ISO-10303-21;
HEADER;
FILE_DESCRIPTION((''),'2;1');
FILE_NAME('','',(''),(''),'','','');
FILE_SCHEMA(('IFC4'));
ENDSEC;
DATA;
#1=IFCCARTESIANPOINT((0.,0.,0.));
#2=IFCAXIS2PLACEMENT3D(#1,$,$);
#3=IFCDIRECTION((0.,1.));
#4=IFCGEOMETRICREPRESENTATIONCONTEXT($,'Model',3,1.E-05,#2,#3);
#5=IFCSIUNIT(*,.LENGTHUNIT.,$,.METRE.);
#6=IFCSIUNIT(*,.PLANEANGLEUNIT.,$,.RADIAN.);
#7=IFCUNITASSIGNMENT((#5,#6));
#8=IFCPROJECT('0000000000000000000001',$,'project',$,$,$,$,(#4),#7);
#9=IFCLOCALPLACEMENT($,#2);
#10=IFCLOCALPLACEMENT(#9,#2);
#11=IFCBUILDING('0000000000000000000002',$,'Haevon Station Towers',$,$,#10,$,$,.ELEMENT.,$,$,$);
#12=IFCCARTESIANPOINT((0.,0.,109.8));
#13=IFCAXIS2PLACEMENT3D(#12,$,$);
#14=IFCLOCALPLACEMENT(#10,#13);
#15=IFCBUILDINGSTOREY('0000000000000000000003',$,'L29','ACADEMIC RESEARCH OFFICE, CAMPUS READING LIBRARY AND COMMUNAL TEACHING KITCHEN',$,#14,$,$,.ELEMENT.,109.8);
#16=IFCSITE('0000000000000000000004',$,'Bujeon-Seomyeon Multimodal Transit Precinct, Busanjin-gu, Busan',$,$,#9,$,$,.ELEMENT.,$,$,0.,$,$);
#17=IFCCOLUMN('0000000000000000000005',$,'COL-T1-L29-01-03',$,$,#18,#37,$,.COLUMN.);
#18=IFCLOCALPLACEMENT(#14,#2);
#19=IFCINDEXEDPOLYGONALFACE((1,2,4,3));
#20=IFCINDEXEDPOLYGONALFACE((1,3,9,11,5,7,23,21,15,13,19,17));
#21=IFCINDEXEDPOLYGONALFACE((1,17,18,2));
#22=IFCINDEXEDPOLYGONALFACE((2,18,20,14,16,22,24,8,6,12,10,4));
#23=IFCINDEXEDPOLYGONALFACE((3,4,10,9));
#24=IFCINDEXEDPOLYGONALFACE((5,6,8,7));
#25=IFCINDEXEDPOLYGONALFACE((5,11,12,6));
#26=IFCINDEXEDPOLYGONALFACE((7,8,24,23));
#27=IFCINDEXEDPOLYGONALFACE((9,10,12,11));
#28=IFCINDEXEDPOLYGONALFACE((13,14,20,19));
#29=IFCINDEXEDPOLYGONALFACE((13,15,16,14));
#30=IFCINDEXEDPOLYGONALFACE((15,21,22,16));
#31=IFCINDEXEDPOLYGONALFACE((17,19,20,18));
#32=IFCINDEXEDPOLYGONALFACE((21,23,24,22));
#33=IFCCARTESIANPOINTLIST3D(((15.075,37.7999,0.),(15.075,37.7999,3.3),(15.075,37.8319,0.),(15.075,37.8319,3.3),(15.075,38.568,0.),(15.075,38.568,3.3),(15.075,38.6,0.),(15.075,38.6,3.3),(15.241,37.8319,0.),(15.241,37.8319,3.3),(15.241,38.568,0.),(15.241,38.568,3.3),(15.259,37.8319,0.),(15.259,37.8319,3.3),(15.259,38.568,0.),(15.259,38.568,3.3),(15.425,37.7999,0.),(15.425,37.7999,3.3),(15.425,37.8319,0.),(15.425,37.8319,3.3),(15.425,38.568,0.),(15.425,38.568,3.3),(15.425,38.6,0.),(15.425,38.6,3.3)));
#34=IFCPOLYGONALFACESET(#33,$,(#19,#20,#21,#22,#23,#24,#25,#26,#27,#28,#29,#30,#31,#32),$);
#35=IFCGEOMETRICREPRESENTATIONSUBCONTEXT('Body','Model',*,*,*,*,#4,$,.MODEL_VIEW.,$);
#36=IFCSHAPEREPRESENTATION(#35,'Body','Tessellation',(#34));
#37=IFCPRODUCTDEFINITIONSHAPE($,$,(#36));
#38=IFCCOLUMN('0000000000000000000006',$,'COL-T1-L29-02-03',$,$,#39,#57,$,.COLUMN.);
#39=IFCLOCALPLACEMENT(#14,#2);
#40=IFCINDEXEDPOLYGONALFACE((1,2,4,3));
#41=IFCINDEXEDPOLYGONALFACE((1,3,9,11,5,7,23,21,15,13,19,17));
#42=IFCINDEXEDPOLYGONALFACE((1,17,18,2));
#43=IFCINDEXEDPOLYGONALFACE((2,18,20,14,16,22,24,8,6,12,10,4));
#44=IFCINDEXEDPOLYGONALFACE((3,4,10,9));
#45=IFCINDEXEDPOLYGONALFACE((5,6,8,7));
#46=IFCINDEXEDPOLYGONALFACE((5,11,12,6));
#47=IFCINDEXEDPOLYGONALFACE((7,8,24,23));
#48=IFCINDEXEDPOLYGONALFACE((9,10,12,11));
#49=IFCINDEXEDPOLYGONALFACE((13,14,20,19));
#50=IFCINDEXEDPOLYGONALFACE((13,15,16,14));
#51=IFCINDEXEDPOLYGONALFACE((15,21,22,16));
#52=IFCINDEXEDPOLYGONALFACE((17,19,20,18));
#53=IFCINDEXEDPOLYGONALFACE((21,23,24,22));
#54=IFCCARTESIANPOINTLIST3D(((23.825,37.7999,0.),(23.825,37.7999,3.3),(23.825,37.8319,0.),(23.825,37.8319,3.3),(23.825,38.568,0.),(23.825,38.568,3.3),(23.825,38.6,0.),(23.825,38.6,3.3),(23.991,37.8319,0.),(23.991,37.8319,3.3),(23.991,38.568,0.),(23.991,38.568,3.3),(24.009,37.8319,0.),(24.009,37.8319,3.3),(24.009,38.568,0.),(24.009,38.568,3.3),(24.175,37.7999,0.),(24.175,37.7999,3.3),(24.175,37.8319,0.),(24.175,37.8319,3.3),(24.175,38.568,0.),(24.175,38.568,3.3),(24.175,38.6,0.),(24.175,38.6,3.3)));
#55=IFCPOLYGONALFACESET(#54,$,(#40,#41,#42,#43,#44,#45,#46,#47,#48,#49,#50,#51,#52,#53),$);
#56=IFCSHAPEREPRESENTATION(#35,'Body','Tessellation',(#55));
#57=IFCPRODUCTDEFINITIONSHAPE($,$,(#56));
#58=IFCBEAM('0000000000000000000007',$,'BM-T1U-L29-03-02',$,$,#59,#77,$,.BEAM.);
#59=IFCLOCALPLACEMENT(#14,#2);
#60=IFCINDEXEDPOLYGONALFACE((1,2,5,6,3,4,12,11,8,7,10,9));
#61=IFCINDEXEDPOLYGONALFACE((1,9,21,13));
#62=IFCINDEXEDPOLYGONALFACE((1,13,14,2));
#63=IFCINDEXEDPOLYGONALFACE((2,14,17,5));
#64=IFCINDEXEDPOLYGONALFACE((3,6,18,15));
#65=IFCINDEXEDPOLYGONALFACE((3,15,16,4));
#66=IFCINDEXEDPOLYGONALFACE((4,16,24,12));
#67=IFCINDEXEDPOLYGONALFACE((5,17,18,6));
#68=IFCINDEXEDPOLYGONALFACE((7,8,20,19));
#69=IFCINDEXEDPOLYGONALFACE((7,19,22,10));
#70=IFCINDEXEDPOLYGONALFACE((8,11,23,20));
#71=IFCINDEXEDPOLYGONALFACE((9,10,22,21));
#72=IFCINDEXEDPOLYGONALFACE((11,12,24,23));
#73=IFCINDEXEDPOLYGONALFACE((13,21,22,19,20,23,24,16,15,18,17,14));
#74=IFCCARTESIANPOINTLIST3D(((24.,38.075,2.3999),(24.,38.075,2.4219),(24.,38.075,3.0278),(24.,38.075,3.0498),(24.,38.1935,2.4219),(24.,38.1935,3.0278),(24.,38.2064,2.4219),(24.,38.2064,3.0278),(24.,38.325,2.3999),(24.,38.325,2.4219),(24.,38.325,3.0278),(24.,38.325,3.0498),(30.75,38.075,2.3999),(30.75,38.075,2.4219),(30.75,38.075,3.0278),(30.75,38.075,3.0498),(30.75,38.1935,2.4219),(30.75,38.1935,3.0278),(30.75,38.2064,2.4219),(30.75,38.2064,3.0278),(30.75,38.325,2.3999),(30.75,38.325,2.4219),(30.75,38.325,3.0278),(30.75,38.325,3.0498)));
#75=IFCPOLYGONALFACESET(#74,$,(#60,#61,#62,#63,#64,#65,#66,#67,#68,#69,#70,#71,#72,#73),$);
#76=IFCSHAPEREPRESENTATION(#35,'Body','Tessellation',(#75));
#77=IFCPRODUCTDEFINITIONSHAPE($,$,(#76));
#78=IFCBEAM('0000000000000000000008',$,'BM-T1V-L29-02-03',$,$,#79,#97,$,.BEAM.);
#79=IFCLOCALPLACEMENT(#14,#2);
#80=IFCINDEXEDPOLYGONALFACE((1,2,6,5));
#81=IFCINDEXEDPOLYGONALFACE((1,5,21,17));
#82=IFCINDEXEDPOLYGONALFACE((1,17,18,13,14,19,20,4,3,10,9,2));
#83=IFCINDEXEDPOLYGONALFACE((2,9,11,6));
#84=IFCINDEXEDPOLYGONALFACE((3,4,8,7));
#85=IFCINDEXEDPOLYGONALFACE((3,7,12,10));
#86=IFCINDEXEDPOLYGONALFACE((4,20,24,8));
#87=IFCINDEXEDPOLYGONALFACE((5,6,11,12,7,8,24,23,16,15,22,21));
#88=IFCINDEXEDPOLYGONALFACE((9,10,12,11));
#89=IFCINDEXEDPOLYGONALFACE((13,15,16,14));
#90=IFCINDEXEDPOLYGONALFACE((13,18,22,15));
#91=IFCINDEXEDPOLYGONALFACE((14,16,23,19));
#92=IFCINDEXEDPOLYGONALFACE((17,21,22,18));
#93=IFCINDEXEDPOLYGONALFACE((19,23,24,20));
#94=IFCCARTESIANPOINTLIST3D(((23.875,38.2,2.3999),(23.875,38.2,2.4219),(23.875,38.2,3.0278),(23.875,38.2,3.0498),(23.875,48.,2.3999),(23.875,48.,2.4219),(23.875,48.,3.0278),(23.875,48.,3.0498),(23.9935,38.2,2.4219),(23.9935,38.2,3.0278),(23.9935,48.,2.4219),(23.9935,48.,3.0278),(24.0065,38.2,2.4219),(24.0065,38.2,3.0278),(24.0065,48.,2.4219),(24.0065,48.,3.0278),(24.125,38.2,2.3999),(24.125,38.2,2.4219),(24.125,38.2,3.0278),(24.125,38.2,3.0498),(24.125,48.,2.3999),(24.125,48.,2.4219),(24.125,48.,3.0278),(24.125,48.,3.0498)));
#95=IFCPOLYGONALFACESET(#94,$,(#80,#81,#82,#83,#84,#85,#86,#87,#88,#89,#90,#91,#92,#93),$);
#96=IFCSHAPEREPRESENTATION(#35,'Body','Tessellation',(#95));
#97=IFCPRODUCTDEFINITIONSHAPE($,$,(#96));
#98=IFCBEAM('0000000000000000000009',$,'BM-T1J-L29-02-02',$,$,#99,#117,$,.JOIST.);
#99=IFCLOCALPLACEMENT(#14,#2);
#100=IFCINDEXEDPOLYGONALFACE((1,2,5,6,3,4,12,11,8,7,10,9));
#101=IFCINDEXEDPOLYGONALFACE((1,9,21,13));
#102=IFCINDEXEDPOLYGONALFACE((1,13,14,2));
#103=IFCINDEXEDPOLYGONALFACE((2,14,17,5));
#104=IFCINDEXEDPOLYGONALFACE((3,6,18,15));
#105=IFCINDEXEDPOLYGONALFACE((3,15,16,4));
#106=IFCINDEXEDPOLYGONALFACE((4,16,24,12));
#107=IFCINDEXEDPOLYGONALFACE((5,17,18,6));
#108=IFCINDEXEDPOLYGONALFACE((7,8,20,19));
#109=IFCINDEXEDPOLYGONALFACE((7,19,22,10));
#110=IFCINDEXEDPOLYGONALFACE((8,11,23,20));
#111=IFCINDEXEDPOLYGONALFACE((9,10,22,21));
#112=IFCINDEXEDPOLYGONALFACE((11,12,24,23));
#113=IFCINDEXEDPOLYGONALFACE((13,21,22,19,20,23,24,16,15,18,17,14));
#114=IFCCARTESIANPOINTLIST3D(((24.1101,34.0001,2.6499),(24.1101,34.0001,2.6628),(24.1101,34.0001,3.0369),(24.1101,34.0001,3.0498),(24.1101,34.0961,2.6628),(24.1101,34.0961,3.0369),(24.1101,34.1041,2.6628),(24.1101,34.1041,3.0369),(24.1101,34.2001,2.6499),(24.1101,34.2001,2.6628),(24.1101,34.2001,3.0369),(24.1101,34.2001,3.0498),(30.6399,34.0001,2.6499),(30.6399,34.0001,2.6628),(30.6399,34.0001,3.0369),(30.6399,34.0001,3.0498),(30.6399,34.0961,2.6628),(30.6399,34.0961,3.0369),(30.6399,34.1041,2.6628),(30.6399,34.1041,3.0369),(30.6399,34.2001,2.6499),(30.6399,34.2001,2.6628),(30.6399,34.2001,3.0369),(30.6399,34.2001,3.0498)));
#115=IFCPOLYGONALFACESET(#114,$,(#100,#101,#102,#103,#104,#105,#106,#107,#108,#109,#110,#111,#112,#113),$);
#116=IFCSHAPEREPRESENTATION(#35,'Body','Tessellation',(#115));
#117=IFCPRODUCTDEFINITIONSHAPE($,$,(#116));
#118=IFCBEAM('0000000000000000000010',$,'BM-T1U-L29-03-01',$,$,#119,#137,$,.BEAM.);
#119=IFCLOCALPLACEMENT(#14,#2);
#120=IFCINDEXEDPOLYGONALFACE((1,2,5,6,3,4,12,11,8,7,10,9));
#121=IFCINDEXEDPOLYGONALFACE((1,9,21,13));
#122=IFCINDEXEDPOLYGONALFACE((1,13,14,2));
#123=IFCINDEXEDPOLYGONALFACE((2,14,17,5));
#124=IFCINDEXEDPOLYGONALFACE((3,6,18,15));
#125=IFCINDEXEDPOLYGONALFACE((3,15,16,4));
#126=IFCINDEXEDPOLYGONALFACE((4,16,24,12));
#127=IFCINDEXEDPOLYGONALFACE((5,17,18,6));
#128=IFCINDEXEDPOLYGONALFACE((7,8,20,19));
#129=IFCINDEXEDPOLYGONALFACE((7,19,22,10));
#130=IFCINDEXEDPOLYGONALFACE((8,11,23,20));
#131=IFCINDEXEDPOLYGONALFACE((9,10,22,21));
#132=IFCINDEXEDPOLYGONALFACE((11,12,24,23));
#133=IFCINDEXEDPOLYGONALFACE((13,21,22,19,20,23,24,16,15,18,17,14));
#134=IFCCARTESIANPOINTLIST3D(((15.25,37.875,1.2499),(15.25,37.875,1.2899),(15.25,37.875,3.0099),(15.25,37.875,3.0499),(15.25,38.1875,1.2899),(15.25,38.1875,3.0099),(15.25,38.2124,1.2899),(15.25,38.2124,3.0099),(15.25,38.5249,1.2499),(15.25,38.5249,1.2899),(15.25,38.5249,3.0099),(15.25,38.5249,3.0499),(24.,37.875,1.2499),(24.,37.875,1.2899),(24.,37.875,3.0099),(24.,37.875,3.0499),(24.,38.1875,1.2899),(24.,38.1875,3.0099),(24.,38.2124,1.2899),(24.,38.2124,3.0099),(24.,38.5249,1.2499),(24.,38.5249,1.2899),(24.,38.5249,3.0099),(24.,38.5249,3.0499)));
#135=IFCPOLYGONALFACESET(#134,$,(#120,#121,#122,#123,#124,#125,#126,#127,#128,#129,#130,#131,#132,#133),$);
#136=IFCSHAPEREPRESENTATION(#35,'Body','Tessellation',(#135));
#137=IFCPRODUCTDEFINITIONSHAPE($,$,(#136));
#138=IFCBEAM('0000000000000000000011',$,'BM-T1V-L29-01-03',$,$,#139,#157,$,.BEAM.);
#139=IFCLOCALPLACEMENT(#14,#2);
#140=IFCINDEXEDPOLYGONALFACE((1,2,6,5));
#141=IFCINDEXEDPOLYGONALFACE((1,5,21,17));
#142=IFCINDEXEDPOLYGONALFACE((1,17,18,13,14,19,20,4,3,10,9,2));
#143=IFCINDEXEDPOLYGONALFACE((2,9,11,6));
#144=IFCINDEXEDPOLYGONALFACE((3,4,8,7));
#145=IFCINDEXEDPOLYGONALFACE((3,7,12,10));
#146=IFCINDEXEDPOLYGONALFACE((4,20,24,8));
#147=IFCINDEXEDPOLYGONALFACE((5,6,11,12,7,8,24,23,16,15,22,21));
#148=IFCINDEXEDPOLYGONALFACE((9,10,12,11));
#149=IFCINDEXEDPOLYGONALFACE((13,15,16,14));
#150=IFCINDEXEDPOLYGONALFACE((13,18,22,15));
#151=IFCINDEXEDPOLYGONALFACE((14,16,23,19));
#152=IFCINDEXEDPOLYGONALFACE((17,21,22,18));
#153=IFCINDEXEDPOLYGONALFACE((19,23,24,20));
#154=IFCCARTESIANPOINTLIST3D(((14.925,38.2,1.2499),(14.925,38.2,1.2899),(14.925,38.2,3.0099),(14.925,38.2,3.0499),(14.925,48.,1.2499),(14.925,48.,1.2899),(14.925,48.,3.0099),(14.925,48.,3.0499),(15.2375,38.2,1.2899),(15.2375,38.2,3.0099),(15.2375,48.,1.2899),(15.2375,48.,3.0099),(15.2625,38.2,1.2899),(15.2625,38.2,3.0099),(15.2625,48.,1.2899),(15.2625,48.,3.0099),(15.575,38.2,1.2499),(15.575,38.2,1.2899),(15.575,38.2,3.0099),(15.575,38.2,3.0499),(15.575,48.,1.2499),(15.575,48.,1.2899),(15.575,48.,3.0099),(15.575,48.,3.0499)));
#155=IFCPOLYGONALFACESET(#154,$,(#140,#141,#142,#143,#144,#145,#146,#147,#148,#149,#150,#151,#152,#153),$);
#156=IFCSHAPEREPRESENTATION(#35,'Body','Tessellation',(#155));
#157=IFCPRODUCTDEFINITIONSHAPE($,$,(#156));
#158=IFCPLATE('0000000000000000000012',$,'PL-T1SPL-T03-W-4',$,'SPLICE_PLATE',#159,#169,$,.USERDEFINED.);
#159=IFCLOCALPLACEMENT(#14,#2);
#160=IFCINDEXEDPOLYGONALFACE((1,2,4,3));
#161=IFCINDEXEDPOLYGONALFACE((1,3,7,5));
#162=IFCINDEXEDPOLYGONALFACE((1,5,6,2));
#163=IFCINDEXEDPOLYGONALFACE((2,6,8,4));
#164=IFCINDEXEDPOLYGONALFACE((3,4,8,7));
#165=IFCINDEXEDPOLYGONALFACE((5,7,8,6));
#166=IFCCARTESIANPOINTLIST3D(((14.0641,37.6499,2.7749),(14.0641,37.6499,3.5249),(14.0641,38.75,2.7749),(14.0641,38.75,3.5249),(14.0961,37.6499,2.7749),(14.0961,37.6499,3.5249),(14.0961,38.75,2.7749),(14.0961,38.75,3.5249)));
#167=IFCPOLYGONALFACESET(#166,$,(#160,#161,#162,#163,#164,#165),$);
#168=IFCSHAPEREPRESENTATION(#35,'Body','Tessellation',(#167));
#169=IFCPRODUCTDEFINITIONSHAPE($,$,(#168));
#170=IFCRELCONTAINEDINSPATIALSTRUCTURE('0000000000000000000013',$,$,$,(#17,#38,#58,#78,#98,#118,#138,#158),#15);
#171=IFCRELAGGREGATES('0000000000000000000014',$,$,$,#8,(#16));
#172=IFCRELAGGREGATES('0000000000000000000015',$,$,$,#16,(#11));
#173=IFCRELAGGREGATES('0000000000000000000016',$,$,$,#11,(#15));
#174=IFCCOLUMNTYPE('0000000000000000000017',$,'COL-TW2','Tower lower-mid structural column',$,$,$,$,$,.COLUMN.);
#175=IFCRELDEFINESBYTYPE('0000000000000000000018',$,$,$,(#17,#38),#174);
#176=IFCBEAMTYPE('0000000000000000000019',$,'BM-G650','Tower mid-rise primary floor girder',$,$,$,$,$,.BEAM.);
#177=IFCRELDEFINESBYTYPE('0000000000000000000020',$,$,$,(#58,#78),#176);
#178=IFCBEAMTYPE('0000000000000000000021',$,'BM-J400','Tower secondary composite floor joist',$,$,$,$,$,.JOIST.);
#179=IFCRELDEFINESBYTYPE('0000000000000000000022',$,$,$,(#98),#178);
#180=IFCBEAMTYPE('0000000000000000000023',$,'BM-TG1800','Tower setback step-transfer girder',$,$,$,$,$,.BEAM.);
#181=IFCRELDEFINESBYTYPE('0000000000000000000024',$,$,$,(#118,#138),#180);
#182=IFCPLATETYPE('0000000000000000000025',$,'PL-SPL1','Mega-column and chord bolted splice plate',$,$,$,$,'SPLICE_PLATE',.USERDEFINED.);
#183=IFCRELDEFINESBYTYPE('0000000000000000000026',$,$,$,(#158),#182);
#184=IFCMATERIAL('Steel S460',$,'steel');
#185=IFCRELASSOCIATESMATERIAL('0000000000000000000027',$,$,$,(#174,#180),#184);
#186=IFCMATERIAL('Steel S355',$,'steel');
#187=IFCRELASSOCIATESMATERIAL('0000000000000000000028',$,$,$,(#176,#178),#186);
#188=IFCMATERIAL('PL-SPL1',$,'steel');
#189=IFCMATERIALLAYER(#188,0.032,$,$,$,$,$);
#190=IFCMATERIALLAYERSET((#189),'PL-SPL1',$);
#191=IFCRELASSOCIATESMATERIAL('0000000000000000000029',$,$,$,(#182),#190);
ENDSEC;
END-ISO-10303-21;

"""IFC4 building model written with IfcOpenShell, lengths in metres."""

from ifc_helpers import new_model, si_unit, direction, frame, origin, origin_2d, place, context, subcontext, project, spatial, rectangle, i_section, extrude, material, layer, layer_set, material_profile, profile_set, type_object, element, save


model = new_model("IFC4")

# Units and contexts
model_context = context("Model", 3, precision=1e-05, world=origin(), true_north=direction((0.0, 1.0)))
body_context = subcontext(model_context, "Body", "Model", "MODEL_VIEW")
ifc_project = project(units=[si_unit("LENGTHUNIT", "METRE"), si_unit("PLANEANGLEUNIT", "RADIAN")], contexts=[model_context])

# Site, building, storey
site_placement = place(None, origin())
site = spatial("IfcSite", under=ifc_project, at=site_placement, Name="Bujeon-Seomyeon Multimodal Transit Precinct, Busanjin-gu, Busan", CompositionType="ELEMENT", RefElevation=0.0)
building_placement = place(site_placement, origin())
building = spatial("IfcBuilding", under=site, at=building_placement, Name="Haevon Station Towers", CompositionType="ELEMENT")
storey_placement = place(building_placement, frame((0.0, 0.0, 109.8)))
storey = spatial("IfcBuildingStorey", under=building, at=storey_placement, Name="L29", Description="ACADEMIC RESEARCH OFFICE, CAMPUS READING LIBRARY AND COMMUNAL TEACHING KITCHEN", CompositionType="ELEMENT", Elevation=109.8)

# Columns
ifc_material_1 = material(Name="Steel S460", Category="steel")
ifc_material_profile_1 = material_profile(ifc_material_1, i_section(OverallWidth=0.3501, OverallDepth=0.8, WebThickness=0.0181, FlangeThickness=0.032, at=origin_2d()), Name="H-800x350x18x32")
ifc_profile_set_1 = profile_set([ifc_material_profile_1], Name="Steel S460")
column_type = type_object("IfcColumnType", Name="COL-TW2", Description="Tower lower-mid structural column", PredefinedType="COLUMN", material=ifc_profile_set_1)
for number, where, z_axis, x_axis, name in (
    (1, (15.25, 38.2, 0.0), (0.0, 0.0, 1.0), (1.0, 0.0, 0.0), "COL-T1-L29-01-03"),
    (2, (24.0, 38.2, 0.0), (0.0, 0.0, 1.0), (1.0, 0.0, 0.0), "COL-T1-L29-02-03"),
):
    element("IfcColumn", number, at=place(storey_placement, frame(where, z_axis=z_axis, x_axis=x_axis)), inside=storey, type_object=column_type, Name=name, PredefinedType="COLUMN", context=body_context, shape_type="SweptSolid", body=[
        extrude(i_section(OverallWidth=0.3501, OverallDepth=0.8, WebThickness=0.0181, FlangeThickness=0.032, at=origin_2d()), origin(), (0.0, 0.0, 1.0), 3.3),
    ])

# Beams
ifc_material_2 = material(Name="Steel S355", Category="steel")
ifc_material_profile_2 = material_profile(ifc_material_2, i_section(OverallWidth=0.25, OverallDepth=0.6499, WebThickness=0.0129, FlangeThickness=0.022, at=origin_2d()), Name="H-650x250x13x22")
ifc_profile_set_2 = profile_set([ifc_material_profile_2], Name="Steel S355")
beam_type_1 = type_object("IfcBeamType", Name="BM-G650", Description="Tower mid-rise primary floor girder", PredefinedType="BEAM", material=ifc_profile_set_2)
beam_1_placement = place(storey_placement, frame((24.0, 38.2, 2.7249), z_axis=(1.0, 0.0, 0.0), x_axis=(0.0, 1.0, 0.0)))
element("IfcBeam", 3, at=beam_1_placement, inside=storey, type_object=beam_type_1, Name="BM-T1U-L29-03-02", PredefinedType="BEAM", context=body_context, shape_type="SweptSolid", body=[
    extrude(i_section(OverallWidth=0.25, OverallDepth=0.6499, WebThickness=0.0129, FlangeThickness=0.022, at=origin_2d()), origin(), (0.0, 0.0, 1.0), 6.75),
])
beam_2_placement = place(storey_placement, frame((24.0, 38.2, 2.7249), z_axis=(0.0, 1.0, 0.0), x_axis=(-1.0, 0.0, 0.0)))
element("IfcBeam", 4, at=beam_2_placement, inside=storey, type_object=beam_type_1, Name="BM-T1V-L29-02-03", PredefinedType="BEAM", context=body_context, shape_type="SweptSolid", body=[
    extrude(i_section(OverallWidth=0.25, OverallDepth=0.6499, WebThickness=0.0129, FlangeThickness=0.022, at=origin_2d()), origin(), (0.0, 0.0, 1.0), 9.8),
])
ifc_material_profile_3 = material_profile(ifc_material_2, i_section(OverallWidth=0.2, OverallDepth=0.3999, WebThickness=0.0081, FlangeThickness=0.0129, at=origin_2d()), Name="H-400x200x8x13")
ifc_profile_set_3 = profile_set([ifc_material_profile_3], Name="Steel S355")
beam_type_2 = type_object("IfcBeamType", Name="BM-J400", Description="Tower secondary composite floor joist", PredefinedType="JOIST", material=ifc_profile_set_3)
beam_3_placement = place(storey_placement, frame((24.1101, 34.1001, 2.8499), z_axis=(1.0, 0.0, 0.0), x_axis=(0.0, 1.0, 0.0)))
element("IfcBeam", 5, at=beam_3_placement, inside=storey, type_object=beam_type_2, Name="BM-T1J-L29-02-02", PredefinedType="JOIST", context=body_context, shape_type="SweptSolid", body=[
    extrude(i_section(OverallWidth=0.2, OverallDepth=0.3999, WebThickness=0.0081, FlangeThickness=0.0129, at=origin_2d()), origin(), (0.0, 0.0, 1.0), 6.5298),
])
ifc_material_profile_4 = material_profile(ifc_material_1, i_section(OverallWidth=0.6499, OverallDepth=1.8, WebThickness=0.0249, FlangeThickness=0.04, at=origin_2d()), Name="H-1800x650x25x40")
ifc_profile_set_4 = profile_set([ifc_material_profile_4], Name="Steel S460")
beam_type_3 = type_object("IfcBeamType", Name="BM-TG1800", Description="Tower setback step-transfer girder", PredefinedType="BEAM", material=ifc_profile_set_4)
beam_4_placement = place(storey_placement, frame((15.25, 38.2, 2.1499), z_axis=(1.0, 0.0, 0.0), x_axis=(0.0, 1.0, 0.0)))
element("IfcBeam", 6, at=beam_4_placement, inside=storey, type_object=beam_type_3, Name="BM-T1U-L29-03-01", PredefinedType="BEAM", context=body_context, shape_type="SweptSolid", body=[
    extrude(i_section(OverallWidth=0.6499, OverallDepth=1.8, WebThickness=0.0249, FlangeThickness=0.04, at=origin_2d()), origin(), (0.0, 0.0, 1.0), 8.75),
])
beam_5_placement = place(storey_placement, frame((15.25, 38.2, 2.1499), z_axis=(0.0, 1.0, 0.0), x_axis=(-1.0, 0.0, 0.0)))
element("IfcBeam", 7, at=beam_5_placement, inside=storey, type_object=beam_type_3, Name="BM-T1V-L29-01-03", PredefinedType="BEAM", context=body_context, shape_type="SweptSolid", body=[
    extrude(i_section(OverallWidth=0.6499, OverallDepth=1.8, WebThickness=0.0249, FlangeThickness=0.04, at=origin_2d()), origin(), (0.0, 0.0, 1.0), 9.8),
])

# Plate
ifc_material_3 = material(Name="PL-SPL1", Category="steel")
ifc_layer_1 = layer(ifc_material_3, 0.032)
ifc_layer_set_1 = layer_set([ifc_layer_1], Name="PL-SPL1")
plate_type = type_object("IfcPlateType", Name="PL-SPL1", Description="Mega-column and chord bolted splice plate", ElementType="SPLICE_PLATE", PredefinedType="USERDEFINED", material=ifc_layer_set_1)
plate_placement = place(storey_placement, frame((14.0801, 38.2, 2.7749), z_axis=(0.0, 0.0, 1.0), x_axis=(0.0, 1.0, 0.0)))
element("IfcPlate", 8, at=plate_placement, inside=storey, type_object=plate_type, Name="PL-T1SPL-T03-W-4", ObjectType="SPLICE_PLATE", PredefinedType="USERDEFINED", context=body_context, shape_type="SweptSolid", body=[
    extrude(rectangle(XDim=1.1001, YDim=0.032, at=origin_2d()), origin(), (0.0, 0.0, 1.0), 0.75),
])

save(model, "model.ifc")
